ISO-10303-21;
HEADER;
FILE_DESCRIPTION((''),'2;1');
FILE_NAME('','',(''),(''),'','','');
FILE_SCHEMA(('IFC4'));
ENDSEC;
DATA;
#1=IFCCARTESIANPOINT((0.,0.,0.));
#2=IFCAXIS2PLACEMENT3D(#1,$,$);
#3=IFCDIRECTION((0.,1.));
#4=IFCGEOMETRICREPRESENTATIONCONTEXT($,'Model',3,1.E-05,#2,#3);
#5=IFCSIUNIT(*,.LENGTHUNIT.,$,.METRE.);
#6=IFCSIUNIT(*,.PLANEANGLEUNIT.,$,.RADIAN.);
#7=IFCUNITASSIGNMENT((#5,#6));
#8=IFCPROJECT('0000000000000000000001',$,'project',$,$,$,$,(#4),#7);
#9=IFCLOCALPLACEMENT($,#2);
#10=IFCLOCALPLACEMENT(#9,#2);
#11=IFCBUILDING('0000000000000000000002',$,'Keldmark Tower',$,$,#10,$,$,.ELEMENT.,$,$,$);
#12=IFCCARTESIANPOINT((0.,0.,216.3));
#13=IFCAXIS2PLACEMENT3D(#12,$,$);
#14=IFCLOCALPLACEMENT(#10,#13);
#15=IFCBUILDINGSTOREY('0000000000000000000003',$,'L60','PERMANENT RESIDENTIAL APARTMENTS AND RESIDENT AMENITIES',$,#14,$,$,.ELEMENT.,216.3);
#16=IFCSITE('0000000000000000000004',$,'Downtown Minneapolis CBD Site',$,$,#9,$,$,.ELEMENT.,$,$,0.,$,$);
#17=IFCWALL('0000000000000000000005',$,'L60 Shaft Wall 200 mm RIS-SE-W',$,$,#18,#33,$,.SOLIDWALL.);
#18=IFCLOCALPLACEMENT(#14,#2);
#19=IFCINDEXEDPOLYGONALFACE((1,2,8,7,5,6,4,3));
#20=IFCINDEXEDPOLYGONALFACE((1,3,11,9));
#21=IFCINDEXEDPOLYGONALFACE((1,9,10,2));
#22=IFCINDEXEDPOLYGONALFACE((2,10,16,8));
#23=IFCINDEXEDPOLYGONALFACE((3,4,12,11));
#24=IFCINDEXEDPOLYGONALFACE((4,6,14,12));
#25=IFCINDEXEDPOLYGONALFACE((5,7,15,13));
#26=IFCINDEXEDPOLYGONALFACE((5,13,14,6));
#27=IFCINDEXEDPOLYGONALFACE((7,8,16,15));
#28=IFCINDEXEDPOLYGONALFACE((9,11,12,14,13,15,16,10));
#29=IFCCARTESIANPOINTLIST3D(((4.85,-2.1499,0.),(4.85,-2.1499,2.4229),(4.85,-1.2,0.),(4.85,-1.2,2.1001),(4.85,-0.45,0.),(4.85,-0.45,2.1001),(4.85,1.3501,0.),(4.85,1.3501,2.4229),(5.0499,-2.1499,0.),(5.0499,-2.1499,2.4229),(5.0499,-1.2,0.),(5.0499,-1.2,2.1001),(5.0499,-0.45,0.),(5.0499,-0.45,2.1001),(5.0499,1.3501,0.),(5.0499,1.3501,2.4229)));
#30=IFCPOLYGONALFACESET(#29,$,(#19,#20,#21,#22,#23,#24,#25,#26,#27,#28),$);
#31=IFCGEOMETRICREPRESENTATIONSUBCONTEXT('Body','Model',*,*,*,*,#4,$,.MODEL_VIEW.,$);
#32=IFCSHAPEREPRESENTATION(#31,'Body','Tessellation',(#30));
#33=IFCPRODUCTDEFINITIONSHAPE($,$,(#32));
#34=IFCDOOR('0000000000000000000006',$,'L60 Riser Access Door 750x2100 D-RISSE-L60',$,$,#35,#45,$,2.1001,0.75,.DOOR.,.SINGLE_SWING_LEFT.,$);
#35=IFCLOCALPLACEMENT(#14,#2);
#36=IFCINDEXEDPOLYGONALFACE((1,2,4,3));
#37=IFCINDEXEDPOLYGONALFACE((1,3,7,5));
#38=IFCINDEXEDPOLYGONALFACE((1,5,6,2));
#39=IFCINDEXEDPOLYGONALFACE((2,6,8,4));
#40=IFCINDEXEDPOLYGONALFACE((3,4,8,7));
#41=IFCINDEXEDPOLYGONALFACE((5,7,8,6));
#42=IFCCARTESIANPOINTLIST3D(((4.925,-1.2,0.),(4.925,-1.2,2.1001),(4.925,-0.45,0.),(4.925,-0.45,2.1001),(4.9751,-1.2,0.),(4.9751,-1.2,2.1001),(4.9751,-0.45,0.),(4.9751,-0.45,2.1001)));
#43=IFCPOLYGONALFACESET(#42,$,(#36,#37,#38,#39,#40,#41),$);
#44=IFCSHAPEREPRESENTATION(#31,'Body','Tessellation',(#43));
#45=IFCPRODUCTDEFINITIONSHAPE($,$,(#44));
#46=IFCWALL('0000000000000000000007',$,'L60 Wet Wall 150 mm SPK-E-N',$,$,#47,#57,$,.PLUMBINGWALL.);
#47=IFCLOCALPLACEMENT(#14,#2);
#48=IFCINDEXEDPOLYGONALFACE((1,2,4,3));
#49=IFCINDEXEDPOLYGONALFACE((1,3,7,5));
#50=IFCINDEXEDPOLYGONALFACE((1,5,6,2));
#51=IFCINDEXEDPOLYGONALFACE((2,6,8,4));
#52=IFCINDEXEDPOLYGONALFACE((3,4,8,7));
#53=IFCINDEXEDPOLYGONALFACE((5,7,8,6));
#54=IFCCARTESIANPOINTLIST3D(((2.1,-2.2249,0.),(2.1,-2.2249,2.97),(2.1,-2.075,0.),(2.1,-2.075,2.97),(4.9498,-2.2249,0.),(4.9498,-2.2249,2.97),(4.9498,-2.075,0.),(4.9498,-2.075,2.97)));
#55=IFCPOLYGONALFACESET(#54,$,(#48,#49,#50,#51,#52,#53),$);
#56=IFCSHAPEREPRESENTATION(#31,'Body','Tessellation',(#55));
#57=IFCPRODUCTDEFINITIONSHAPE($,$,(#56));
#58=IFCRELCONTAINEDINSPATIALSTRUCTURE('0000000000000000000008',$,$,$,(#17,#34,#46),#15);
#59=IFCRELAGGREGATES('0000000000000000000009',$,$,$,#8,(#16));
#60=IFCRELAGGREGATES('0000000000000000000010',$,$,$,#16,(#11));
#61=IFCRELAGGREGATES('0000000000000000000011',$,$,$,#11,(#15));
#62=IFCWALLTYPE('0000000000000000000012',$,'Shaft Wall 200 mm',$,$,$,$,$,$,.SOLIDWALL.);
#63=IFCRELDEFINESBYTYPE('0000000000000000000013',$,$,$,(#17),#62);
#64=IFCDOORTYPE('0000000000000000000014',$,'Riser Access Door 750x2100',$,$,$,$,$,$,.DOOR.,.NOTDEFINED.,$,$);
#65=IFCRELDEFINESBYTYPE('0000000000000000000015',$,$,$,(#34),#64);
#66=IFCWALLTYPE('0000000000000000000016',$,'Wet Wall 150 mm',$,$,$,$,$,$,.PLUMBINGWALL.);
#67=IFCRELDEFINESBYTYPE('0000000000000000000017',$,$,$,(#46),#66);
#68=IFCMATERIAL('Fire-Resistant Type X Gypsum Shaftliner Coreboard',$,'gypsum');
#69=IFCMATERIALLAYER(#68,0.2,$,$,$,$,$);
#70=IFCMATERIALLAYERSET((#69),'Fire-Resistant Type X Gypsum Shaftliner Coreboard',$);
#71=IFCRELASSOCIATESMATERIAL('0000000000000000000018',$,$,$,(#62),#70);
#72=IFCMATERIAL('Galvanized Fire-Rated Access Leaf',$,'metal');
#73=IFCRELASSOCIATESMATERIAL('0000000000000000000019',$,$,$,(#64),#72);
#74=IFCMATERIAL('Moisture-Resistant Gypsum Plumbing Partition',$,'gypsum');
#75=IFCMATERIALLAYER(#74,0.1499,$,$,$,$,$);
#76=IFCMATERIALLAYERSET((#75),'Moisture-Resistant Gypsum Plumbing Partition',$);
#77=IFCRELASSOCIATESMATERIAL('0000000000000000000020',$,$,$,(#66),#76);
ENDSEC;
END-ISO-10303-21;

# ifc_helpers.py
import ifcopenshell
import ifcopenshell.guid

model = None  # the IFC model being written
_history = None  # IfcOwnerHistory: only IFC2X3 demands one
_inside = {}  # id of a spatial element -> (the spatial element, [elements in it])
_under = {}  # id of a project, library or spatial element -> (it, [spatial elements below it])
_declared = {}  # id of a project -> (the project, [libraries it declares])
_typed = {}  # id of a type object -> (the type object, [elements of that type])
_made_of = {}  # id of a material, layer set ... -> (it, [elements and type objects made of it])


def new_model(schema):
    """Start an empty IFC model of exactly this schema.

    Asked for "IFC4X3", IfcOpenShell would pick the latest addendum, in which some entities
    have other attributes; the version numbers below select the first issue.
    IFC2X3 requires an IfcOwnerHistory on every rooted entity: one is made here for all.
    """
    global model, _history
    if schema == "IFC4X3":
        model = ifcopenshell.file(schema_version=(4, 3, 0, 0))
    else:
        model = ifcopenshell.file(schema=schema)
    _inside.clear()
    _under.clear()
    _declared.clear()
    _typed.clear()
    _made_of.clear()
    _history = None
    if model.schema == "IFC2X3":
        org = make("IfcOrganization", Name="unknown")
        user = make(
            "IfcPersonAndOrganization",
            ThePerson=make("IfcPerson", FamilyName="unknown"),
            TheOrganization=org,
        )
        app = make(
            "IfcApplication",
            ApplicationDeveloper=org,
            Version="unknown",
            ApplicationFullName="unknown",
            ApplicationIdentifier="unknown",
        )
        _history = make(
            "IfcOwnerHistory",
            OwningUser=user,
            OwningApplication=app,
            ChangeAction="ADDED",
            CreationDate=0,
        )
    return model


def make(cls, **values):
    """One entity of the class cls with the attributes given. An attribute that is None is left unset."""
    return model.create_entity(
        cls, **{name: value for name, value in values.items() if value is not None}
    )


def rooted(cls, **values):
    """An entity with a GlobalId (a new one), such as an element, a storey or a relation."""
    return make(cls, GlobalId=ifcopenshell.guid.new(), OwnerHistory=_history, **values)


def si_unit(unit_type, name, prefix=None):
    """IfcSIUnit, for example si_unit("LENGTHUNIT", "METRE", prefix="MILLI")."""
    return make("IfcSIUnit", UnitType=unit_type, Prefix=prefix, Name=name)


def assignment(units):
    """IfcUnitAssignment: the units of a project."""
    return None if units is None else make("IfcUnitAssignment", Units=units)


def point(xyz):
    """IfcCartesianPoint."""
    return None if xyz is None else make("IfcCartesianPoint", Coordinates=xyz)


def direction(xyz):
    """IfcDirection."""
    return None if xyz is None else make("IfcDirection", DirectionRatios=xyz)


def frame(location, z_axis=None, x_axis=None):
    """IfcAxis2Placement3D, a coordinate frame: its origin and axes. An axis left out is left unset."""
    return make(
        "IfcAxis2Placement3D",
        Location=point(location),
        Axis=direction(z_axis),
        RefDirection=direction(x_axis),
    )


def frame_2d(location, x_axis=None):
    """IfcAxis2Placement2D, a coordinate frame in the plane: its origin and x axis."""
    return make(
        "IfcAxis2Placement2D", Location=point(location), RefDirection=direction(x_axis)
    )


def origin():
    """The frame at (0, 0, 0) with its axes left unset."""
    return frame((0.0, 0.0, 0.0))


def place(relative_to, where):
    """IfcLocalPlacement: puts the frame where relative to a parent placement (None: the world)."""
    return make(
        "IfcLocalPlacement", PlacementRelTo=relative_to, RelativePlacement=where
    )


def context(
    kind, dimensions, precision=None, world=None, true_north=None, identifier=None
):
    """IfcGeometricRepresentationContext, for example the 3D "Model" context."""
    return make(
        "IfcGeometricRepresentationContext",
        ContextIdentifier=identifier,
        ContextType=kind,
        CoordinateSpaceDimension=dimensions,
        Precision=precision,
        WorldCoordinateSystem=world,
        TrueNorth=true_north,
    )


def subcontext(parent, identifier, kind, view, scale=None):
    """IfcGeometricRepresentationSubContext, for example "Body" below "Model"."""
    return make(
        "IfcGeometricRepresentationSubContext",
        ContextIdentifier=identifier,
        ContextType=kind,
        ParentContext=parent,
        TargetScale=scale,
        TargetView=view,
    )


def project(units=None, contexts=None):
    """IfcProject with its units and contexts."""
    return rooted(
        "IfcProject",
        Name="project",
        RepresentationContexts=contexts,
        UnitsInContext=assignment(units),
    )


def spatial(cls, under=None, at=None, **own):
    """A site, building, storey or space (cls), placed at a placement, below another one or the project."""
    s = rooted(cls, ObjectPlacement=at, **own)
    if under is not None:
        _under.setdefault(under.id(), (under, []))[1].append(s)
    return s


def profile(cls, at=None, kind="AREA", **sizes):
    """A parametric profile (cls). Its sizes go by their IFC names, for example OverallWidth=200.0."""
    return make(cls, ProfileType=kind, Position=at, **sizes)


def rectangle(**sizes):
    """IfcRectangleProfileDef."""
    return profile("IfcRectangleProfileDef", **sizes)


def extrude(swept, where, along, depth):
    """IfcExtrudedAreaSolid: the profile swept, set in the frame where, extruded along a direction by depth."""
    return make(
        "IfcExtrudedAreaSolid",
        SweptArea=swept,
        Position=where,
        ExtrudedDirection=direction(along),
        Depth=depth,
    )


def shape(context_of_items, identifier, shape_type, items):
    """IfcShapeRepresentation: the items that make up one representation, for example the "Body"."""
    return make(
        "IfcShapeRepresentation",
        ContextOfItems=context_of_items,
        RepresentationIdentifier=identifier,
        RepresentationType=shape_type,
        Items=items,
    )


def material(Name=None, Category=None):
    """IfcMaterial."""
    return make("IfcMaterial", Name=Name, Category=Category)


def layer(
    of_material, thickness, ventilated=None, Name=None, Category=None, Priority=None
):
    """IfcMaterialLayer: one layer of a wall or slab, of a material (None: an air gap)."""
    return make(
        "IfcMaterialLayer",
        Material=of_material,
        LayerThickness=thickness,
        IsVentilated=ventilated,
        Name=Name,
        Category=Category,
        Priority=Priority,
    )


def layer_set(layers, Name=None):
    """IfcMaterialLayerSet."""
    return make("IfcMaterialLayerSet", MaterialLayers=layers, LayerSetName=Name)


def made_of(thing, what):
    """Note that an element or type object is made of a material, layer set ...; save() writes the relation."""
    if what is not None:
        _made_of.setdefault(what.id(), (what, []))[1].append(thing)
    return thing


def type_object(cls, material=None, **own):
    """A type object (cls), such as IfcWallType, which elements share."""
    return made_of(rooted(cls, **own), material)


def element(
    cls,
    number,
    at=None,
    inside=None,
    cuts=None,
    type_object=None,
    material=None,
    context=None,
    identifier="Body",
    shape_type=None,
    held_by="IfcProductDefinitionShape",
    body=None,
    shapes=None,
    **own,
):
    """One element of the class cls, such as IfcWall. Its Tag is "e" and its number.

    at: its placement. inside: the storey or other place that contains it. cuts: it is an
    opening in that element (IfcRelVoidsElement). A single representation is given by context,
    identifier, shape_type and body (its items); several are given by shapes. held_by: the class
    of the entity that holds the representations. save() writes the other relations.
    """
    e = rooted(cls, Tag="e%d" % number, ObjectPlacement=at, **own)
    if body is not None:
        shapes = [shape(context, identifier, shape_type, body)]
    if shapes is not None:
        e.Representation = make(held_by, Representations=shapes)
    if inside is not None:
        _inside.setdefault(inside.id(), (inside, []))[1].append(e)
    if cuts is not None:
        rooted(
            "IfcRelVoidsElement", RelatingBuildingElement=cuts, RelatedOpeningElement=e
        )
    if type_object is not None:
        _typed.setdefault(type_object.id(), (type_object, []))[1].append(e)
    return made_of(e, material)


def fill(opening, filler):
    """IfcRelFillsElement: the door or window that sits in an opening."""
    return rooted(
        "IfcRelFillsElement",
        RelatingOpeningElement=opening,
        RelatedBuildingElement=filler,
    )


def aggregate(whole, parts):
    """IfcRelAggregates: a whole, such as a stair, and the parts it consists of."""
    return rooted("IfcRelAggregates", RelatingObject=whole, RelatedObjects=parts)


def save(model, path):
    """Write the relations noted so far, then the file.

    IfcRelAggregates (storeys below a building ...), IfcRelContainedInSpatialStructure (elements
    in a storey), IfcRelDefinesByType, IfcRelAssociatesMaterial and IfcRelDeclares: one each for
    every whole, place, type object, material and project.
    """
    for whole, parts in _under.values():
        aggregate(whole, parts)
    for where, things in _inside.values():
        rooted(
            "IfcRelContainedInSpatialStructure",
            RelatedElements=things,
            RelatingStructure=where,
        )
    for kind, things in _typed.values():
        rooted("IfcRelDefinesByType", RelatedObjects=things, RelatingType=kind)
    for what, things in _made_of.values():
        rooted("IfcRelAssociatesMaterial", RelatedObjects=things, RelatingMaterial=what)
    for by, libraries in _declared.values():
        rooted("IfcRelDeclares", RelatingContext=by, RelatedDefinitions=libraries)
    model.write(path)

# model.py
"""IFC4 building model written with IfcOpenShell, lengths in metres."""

from ifc_helpers import new_model, si_unit, direction, frame, frame_2d, origin, place, context, subcontext, project, spatial, rectangle, extrude, material, layer, layer_set, type_object, element, fill, save


model = new_model("IFC4")

# Units and contexts
model_context = context("Model", 3, precision=1e-05, world=origin(), true_north=direction((0.0, 1.0)))
body_context = subcontext(model_context, "Body", "Model", "MODEL_VIEW")
ifc_project = project(units=[si_unit("LENGTHUNIT", "METRE"), si_unit("PLANEANGLEUNIT", "RADIAN")], contexts=[model_context])

# Site, building, storey
site_placement = place(None, origin())
site = spatial("IfcSite", under=ifc_project, at=site_placement, Name="Downtown Minneapolis CBD Site", CompositionType="ELEMENT", RefElevation=0.0)
building_placement = place(site_placement, origin())
building = spatial("IfcBuilding", under=site, at=building_placement, Name="Keldmark Tower", CompositionType="ELEMENT")
storey_placement = place(building_placement, frame((0.0, 0.0, 216.3)))
storey = spatial("IfcBuildingStorey", under=building, at=storey_placement, Name="L60", Description="PERMANENT RESIDENTIAL APARTMENTS AND RESIDENT AMENITIES", CompositionType="ELEMENT", Elevation=216.3)

# Shared definitions
ifc_material_1 = material(Name="Fire-Resistant Type X Gypsum Shaftliner Coreboard", Category="gypsum")
ifc_layer_1 = layer(ifc_material_1, 0.2)
ifc_layer_set_1 = layer_set([ifc_layer_1], Name="Fire-Resistant Type X Gypsum Shaftliner Coreboard")
wall_type_1 = type_object("IfcWallType", Name="Shaft Wall 200 mm", PredefinedType="SOLIDWALL", material=ifc_layer_set_1)

# Wall, opening, door
wall_1_placement = place(storey_placement, frame((4.95, -2.1499, 0.0), z_axis=(0.0, 0.0, 1.0), x_axis=(0.0, 1.0, 0.0)))
wall_1 = element("IfcWall", 1, at=wall_1_placement, inside=storey, type_object=wall_type_1, Name="L60 Shaft Wall 200 mm RIS-SE-W", PredefinedType="SOLIDWALL", context=body_context, shape_type="SweptSolid", body=[
    extrude(rectangle(XDim=3.5, YDim=0.2, at=frame_2d((1.75, 0.0))), origin(), (0.0, 0.0, 1.0), 2.4229),
])
opening_1_placement = place(wall_1_placement, frame((0.95, 0.0, 0.0)))
opening_1 = element("IfcOpeningElement", 2, at=opening_1_placement, cuts=wall_1, PredefinedType="OPENING", context=body_context, shape_type="SweptSolid", body=[
    extrude(rectangle(XDim=0.75, YDim=2.1001, at=frame_2d((0.375, 1.05))), frame((0.0, 0.1099, 0.0), z_axis=(0.0, -1.0, 0.0), x_axis=(1.0, 0.0, 0.0)), (0.0, 0.0, 1.0), 0.22),
])
ifc_material_2 = material(Name="Galvanized Fire-Rated Access Leaf", Category="metal")
door_type_1 = type_object("IfcDoorType", Name="Riser Access Door 750x2100", OperationType="NOTDEFINED", PredefinedType="DOOR", material=ifc_material_2)
door_1_placement = place(opening_1_placement, origin())
door_1 = element("IfcDoor", 3, at=door_1_placement, inside=storey, type_object=door_type_1, Name="L60 Riser Access Door 750x2100 D-RISSE-L60", OperationType="SINGLE_SWING_LEFT", OverallHeight=2.1001, OverallWidth=0.75, PredefinedType="DOOR", context=body_context, shape_type="SweptSolid", body=[
    extrude(rectangle(XDim=0.75, YDim=2.1001, at=frame_2d((0.375, 1.05))), frame((0.0, 0.0249, 0.0), z_axis=(0.0, -1.0, 0.0), x_axis=(1.0, 0.0, 0.0)), (0.0, 0.0, 1.0), 0.05),
])
fill(opening_1, door_1)

# Wall
ifc_material_3 = material(Name="Moisture-Resistant Gypsum Plumbing Partition", Category="gypsum")
ifc_layer_2 = layer(ifc_material_3, 0.1499)
ifc_layer_set_2 = layer_set([ifc_layer_2], Name="Moisture-Resistant Gypsum Plumbing Partition")
wall_type_2 = type_object("IfcWallType", Name="Wet Wall 150 mm", PredefinedType="PLUMBINGWALL", material=ifc_layer_set_2)
wall_2_placement = place(storey_placement, frame((2.1001, -2.1499, 0.0), z_axis=(0.0, 0.0, 1.0), x_axis=(1.0, 0.0, 0.0)))
element("IfcWall", 4, at=wall_2_placement, inside=storey, type_object=wall_type_2, Name="L60 Wet Wall 150 mm SPK-E-N", PredefinedType="PLUMBINGWALL", context=body_context, shape_type="SweptSolid", body=[
    extrude(rectangle(XDim=2.8499, YDim=0.1499, at=frame_2d((1.4248, 0.0))), origin(), (0.0, 0.0, 1.0), 2.97),
])

save(model, "model.ifc")
